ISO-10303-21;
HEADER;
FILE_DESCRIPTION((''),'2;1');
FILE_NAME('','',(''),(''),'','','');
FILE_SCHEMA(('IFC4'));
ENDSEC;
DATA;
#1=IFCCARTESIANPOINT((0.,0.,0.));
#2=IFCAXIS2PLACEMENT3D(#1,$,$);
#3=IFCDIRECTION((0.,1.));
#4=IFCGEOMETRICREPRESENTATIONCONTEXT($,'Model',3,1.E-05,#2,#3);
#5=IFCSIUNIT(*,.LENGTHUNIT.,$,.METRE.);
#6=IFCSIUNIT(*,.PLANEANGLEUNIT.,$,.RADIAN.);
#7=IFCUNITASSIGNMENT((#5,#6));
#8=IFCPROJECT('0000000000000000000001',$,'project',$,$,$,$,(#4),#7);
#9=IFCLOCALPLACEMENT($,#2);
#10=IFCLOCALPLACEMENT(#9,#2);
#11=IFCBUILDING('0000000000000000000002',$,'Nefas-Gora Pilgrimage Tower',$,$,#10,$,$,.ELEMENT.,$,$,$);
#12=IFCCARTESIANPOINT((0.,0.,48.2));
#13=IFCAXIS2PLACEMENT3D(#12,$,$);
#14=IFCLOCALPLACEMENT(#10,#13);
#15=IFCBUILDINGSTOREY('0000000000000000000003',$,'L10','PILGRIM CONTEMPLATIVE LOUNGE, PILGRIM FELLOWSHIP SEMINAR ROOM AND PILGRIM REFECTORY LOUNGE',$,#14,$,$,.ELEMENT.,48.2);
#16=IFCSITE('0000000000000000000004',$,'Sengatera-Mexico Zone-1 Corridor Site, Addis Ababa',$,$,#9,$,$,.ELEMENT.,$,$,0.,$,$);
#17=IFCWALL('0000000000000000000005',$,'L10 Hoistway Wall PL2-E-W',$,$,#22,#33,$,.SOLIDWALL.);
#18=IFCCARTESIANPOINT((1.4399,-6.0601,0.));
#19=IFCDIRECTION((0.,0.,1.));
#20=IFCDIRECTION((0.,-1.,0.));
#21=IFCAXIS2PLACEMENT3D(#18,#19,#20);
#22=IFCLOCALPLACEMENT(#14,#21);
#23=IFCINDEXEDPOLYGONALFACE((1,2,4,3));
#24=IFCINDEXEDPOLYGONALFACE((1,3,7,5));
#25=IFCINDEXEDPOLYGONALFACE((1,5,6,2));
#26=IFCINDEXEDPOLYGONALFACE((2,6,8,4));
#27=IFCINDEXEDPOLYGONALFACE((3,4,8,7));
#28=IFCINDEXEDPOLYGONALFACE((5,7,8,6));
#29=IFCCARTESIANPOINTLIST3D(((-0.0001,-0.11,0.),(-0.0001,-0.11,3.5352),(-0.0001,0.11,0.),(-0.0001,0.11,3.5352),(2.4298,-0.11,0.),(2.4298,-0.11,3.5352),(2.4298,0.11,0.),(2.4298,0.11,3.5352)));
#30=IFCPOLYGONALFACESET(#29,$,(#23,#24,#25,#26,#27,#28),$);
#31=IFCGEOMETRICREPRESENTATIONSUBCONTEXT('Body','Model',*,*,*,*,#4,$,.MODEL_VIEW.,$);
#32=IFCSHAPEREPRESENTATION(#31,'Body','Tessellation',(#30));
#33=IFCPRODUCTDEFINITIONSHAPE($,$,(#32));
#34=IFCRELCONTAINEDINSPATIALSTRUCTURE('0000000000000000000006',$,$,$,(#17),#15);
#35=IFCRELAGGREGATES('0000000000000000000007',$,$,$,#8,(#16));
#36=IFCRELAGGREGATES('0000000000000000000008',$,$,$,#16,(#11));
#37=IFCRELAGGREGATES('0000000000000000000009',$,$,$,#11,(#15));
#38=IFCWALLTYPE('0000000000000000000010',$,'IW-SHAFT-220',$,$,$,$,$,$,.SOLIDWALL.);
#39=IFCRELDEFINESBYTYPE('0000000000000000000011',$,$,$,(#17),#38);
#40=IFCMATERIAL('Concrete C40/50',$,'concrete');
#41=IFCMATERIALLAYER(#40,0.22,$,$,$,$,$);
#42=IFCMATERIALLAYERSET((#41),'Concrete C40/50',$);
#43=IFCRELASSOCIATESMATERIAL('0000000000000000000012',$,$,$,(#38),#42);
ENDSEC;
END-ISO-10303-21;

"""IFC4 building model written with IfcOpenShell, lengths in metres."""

from ifc_helpers import new_model, si_unit, direction, frame, frame_2d, origin, place, context, subcontext, project, spatial, rectangle, extrude, source, transform, mapped, material, layer, layer_set, type_object, element, save


model = new_model("IFC4")

# Units and contexts
model_context = context("Model", 3, precision=1e-05, world=origin(), true_north=direction((0.0, 1.0)))
body_context = subcontext(model_context, "Body", "Model", "MODEL_VIEW")
ifc_project = project(units=[si_unit("LENGTHUNIT", "METRE"), si_unit("PLANEANGLEUNIT", "RADIAN")], contexts=[model_context])

# Site, building, storey
site_placement = place(None, origin())
site = spatial("IfcSite", under=ifc_project, at=site_placement, Name="Sengatera-Mexico Zone-1 Corridor Site, Addis Ababa", CompositionType="ELEMENT", RefElevation=0.0)
building_placement = place(site_placement, origin())
building = spatial("IfcBuilding", under=site, at=building_placement, Name="Nefas-Gora Pilgrimage Tower", CompositionType="ELEMENT")
storey_placement = place(building_placement, frame((0.0, 0.0, 48.2)))
storey = spatial("IfcBuildingStorey", under=building, at=storey_placement, Name="L10", Description="PILGRIM CONTEMPLATIVE LOUNGE, PILGRIM FELLOWSHIP SEMINAR ROOM AND PILGRIM REFECTORY LOUNGE", CompositionType="ELEMENT", Elevation=48.2)

# Shared definitions
ifc_material_1 = material(Name="Concrete C40/50", Category="concrete")
ifc_layer_1 = layer(ifc_material_1, 0.22)
ifc_layer_set_1 = layer_set([ifc_layer_1], Name="Concrete C40/50")
wall_type_1 = type_object("IfcWallType", Name="IW-SHAFT-220", PredefinedType="SOLIDWALL", material=ifc_layer_set_1)

# Wall
shared_shape_1 = source(origin(), body_context, "Body", "SweptSolid", [
    extrude(rectangle(XDim=2.4299, YDim=0.22, at=frame_2d((1.2148, 0.0))), origin(), (0.0, 0.0, 1.0), 3.5352),
])
for number, where, z_axis, x_axis, name in (
    (1, (1.4399, -6.0601, 0.0), (0.0, 0.0, 1.0), (0.0, -1.0, 0.0), "L10 Hoistway Wall PL2-E-W"),
):
    element("IfcWall", number, at=place(storey_placement, frame(where, z_axis=z_axis, x_axis=x_axis)), inside=storey, type_object=wall_type_1, Name=name, PredefinedType="SOLIDWALL", context=body_context, shape_type="MappedRepresentation", body=[
        mapped(shared_shape_1, transform((0.0, 0.0, 0.0), x_axis=(1.0, 0.0, 0.0), y_axis=(0.0, 1.0, 0.0), z_axis=(0.0, 0.0, 1.0), scale=1.0)),
    ])

save(model, "model.ifc")
